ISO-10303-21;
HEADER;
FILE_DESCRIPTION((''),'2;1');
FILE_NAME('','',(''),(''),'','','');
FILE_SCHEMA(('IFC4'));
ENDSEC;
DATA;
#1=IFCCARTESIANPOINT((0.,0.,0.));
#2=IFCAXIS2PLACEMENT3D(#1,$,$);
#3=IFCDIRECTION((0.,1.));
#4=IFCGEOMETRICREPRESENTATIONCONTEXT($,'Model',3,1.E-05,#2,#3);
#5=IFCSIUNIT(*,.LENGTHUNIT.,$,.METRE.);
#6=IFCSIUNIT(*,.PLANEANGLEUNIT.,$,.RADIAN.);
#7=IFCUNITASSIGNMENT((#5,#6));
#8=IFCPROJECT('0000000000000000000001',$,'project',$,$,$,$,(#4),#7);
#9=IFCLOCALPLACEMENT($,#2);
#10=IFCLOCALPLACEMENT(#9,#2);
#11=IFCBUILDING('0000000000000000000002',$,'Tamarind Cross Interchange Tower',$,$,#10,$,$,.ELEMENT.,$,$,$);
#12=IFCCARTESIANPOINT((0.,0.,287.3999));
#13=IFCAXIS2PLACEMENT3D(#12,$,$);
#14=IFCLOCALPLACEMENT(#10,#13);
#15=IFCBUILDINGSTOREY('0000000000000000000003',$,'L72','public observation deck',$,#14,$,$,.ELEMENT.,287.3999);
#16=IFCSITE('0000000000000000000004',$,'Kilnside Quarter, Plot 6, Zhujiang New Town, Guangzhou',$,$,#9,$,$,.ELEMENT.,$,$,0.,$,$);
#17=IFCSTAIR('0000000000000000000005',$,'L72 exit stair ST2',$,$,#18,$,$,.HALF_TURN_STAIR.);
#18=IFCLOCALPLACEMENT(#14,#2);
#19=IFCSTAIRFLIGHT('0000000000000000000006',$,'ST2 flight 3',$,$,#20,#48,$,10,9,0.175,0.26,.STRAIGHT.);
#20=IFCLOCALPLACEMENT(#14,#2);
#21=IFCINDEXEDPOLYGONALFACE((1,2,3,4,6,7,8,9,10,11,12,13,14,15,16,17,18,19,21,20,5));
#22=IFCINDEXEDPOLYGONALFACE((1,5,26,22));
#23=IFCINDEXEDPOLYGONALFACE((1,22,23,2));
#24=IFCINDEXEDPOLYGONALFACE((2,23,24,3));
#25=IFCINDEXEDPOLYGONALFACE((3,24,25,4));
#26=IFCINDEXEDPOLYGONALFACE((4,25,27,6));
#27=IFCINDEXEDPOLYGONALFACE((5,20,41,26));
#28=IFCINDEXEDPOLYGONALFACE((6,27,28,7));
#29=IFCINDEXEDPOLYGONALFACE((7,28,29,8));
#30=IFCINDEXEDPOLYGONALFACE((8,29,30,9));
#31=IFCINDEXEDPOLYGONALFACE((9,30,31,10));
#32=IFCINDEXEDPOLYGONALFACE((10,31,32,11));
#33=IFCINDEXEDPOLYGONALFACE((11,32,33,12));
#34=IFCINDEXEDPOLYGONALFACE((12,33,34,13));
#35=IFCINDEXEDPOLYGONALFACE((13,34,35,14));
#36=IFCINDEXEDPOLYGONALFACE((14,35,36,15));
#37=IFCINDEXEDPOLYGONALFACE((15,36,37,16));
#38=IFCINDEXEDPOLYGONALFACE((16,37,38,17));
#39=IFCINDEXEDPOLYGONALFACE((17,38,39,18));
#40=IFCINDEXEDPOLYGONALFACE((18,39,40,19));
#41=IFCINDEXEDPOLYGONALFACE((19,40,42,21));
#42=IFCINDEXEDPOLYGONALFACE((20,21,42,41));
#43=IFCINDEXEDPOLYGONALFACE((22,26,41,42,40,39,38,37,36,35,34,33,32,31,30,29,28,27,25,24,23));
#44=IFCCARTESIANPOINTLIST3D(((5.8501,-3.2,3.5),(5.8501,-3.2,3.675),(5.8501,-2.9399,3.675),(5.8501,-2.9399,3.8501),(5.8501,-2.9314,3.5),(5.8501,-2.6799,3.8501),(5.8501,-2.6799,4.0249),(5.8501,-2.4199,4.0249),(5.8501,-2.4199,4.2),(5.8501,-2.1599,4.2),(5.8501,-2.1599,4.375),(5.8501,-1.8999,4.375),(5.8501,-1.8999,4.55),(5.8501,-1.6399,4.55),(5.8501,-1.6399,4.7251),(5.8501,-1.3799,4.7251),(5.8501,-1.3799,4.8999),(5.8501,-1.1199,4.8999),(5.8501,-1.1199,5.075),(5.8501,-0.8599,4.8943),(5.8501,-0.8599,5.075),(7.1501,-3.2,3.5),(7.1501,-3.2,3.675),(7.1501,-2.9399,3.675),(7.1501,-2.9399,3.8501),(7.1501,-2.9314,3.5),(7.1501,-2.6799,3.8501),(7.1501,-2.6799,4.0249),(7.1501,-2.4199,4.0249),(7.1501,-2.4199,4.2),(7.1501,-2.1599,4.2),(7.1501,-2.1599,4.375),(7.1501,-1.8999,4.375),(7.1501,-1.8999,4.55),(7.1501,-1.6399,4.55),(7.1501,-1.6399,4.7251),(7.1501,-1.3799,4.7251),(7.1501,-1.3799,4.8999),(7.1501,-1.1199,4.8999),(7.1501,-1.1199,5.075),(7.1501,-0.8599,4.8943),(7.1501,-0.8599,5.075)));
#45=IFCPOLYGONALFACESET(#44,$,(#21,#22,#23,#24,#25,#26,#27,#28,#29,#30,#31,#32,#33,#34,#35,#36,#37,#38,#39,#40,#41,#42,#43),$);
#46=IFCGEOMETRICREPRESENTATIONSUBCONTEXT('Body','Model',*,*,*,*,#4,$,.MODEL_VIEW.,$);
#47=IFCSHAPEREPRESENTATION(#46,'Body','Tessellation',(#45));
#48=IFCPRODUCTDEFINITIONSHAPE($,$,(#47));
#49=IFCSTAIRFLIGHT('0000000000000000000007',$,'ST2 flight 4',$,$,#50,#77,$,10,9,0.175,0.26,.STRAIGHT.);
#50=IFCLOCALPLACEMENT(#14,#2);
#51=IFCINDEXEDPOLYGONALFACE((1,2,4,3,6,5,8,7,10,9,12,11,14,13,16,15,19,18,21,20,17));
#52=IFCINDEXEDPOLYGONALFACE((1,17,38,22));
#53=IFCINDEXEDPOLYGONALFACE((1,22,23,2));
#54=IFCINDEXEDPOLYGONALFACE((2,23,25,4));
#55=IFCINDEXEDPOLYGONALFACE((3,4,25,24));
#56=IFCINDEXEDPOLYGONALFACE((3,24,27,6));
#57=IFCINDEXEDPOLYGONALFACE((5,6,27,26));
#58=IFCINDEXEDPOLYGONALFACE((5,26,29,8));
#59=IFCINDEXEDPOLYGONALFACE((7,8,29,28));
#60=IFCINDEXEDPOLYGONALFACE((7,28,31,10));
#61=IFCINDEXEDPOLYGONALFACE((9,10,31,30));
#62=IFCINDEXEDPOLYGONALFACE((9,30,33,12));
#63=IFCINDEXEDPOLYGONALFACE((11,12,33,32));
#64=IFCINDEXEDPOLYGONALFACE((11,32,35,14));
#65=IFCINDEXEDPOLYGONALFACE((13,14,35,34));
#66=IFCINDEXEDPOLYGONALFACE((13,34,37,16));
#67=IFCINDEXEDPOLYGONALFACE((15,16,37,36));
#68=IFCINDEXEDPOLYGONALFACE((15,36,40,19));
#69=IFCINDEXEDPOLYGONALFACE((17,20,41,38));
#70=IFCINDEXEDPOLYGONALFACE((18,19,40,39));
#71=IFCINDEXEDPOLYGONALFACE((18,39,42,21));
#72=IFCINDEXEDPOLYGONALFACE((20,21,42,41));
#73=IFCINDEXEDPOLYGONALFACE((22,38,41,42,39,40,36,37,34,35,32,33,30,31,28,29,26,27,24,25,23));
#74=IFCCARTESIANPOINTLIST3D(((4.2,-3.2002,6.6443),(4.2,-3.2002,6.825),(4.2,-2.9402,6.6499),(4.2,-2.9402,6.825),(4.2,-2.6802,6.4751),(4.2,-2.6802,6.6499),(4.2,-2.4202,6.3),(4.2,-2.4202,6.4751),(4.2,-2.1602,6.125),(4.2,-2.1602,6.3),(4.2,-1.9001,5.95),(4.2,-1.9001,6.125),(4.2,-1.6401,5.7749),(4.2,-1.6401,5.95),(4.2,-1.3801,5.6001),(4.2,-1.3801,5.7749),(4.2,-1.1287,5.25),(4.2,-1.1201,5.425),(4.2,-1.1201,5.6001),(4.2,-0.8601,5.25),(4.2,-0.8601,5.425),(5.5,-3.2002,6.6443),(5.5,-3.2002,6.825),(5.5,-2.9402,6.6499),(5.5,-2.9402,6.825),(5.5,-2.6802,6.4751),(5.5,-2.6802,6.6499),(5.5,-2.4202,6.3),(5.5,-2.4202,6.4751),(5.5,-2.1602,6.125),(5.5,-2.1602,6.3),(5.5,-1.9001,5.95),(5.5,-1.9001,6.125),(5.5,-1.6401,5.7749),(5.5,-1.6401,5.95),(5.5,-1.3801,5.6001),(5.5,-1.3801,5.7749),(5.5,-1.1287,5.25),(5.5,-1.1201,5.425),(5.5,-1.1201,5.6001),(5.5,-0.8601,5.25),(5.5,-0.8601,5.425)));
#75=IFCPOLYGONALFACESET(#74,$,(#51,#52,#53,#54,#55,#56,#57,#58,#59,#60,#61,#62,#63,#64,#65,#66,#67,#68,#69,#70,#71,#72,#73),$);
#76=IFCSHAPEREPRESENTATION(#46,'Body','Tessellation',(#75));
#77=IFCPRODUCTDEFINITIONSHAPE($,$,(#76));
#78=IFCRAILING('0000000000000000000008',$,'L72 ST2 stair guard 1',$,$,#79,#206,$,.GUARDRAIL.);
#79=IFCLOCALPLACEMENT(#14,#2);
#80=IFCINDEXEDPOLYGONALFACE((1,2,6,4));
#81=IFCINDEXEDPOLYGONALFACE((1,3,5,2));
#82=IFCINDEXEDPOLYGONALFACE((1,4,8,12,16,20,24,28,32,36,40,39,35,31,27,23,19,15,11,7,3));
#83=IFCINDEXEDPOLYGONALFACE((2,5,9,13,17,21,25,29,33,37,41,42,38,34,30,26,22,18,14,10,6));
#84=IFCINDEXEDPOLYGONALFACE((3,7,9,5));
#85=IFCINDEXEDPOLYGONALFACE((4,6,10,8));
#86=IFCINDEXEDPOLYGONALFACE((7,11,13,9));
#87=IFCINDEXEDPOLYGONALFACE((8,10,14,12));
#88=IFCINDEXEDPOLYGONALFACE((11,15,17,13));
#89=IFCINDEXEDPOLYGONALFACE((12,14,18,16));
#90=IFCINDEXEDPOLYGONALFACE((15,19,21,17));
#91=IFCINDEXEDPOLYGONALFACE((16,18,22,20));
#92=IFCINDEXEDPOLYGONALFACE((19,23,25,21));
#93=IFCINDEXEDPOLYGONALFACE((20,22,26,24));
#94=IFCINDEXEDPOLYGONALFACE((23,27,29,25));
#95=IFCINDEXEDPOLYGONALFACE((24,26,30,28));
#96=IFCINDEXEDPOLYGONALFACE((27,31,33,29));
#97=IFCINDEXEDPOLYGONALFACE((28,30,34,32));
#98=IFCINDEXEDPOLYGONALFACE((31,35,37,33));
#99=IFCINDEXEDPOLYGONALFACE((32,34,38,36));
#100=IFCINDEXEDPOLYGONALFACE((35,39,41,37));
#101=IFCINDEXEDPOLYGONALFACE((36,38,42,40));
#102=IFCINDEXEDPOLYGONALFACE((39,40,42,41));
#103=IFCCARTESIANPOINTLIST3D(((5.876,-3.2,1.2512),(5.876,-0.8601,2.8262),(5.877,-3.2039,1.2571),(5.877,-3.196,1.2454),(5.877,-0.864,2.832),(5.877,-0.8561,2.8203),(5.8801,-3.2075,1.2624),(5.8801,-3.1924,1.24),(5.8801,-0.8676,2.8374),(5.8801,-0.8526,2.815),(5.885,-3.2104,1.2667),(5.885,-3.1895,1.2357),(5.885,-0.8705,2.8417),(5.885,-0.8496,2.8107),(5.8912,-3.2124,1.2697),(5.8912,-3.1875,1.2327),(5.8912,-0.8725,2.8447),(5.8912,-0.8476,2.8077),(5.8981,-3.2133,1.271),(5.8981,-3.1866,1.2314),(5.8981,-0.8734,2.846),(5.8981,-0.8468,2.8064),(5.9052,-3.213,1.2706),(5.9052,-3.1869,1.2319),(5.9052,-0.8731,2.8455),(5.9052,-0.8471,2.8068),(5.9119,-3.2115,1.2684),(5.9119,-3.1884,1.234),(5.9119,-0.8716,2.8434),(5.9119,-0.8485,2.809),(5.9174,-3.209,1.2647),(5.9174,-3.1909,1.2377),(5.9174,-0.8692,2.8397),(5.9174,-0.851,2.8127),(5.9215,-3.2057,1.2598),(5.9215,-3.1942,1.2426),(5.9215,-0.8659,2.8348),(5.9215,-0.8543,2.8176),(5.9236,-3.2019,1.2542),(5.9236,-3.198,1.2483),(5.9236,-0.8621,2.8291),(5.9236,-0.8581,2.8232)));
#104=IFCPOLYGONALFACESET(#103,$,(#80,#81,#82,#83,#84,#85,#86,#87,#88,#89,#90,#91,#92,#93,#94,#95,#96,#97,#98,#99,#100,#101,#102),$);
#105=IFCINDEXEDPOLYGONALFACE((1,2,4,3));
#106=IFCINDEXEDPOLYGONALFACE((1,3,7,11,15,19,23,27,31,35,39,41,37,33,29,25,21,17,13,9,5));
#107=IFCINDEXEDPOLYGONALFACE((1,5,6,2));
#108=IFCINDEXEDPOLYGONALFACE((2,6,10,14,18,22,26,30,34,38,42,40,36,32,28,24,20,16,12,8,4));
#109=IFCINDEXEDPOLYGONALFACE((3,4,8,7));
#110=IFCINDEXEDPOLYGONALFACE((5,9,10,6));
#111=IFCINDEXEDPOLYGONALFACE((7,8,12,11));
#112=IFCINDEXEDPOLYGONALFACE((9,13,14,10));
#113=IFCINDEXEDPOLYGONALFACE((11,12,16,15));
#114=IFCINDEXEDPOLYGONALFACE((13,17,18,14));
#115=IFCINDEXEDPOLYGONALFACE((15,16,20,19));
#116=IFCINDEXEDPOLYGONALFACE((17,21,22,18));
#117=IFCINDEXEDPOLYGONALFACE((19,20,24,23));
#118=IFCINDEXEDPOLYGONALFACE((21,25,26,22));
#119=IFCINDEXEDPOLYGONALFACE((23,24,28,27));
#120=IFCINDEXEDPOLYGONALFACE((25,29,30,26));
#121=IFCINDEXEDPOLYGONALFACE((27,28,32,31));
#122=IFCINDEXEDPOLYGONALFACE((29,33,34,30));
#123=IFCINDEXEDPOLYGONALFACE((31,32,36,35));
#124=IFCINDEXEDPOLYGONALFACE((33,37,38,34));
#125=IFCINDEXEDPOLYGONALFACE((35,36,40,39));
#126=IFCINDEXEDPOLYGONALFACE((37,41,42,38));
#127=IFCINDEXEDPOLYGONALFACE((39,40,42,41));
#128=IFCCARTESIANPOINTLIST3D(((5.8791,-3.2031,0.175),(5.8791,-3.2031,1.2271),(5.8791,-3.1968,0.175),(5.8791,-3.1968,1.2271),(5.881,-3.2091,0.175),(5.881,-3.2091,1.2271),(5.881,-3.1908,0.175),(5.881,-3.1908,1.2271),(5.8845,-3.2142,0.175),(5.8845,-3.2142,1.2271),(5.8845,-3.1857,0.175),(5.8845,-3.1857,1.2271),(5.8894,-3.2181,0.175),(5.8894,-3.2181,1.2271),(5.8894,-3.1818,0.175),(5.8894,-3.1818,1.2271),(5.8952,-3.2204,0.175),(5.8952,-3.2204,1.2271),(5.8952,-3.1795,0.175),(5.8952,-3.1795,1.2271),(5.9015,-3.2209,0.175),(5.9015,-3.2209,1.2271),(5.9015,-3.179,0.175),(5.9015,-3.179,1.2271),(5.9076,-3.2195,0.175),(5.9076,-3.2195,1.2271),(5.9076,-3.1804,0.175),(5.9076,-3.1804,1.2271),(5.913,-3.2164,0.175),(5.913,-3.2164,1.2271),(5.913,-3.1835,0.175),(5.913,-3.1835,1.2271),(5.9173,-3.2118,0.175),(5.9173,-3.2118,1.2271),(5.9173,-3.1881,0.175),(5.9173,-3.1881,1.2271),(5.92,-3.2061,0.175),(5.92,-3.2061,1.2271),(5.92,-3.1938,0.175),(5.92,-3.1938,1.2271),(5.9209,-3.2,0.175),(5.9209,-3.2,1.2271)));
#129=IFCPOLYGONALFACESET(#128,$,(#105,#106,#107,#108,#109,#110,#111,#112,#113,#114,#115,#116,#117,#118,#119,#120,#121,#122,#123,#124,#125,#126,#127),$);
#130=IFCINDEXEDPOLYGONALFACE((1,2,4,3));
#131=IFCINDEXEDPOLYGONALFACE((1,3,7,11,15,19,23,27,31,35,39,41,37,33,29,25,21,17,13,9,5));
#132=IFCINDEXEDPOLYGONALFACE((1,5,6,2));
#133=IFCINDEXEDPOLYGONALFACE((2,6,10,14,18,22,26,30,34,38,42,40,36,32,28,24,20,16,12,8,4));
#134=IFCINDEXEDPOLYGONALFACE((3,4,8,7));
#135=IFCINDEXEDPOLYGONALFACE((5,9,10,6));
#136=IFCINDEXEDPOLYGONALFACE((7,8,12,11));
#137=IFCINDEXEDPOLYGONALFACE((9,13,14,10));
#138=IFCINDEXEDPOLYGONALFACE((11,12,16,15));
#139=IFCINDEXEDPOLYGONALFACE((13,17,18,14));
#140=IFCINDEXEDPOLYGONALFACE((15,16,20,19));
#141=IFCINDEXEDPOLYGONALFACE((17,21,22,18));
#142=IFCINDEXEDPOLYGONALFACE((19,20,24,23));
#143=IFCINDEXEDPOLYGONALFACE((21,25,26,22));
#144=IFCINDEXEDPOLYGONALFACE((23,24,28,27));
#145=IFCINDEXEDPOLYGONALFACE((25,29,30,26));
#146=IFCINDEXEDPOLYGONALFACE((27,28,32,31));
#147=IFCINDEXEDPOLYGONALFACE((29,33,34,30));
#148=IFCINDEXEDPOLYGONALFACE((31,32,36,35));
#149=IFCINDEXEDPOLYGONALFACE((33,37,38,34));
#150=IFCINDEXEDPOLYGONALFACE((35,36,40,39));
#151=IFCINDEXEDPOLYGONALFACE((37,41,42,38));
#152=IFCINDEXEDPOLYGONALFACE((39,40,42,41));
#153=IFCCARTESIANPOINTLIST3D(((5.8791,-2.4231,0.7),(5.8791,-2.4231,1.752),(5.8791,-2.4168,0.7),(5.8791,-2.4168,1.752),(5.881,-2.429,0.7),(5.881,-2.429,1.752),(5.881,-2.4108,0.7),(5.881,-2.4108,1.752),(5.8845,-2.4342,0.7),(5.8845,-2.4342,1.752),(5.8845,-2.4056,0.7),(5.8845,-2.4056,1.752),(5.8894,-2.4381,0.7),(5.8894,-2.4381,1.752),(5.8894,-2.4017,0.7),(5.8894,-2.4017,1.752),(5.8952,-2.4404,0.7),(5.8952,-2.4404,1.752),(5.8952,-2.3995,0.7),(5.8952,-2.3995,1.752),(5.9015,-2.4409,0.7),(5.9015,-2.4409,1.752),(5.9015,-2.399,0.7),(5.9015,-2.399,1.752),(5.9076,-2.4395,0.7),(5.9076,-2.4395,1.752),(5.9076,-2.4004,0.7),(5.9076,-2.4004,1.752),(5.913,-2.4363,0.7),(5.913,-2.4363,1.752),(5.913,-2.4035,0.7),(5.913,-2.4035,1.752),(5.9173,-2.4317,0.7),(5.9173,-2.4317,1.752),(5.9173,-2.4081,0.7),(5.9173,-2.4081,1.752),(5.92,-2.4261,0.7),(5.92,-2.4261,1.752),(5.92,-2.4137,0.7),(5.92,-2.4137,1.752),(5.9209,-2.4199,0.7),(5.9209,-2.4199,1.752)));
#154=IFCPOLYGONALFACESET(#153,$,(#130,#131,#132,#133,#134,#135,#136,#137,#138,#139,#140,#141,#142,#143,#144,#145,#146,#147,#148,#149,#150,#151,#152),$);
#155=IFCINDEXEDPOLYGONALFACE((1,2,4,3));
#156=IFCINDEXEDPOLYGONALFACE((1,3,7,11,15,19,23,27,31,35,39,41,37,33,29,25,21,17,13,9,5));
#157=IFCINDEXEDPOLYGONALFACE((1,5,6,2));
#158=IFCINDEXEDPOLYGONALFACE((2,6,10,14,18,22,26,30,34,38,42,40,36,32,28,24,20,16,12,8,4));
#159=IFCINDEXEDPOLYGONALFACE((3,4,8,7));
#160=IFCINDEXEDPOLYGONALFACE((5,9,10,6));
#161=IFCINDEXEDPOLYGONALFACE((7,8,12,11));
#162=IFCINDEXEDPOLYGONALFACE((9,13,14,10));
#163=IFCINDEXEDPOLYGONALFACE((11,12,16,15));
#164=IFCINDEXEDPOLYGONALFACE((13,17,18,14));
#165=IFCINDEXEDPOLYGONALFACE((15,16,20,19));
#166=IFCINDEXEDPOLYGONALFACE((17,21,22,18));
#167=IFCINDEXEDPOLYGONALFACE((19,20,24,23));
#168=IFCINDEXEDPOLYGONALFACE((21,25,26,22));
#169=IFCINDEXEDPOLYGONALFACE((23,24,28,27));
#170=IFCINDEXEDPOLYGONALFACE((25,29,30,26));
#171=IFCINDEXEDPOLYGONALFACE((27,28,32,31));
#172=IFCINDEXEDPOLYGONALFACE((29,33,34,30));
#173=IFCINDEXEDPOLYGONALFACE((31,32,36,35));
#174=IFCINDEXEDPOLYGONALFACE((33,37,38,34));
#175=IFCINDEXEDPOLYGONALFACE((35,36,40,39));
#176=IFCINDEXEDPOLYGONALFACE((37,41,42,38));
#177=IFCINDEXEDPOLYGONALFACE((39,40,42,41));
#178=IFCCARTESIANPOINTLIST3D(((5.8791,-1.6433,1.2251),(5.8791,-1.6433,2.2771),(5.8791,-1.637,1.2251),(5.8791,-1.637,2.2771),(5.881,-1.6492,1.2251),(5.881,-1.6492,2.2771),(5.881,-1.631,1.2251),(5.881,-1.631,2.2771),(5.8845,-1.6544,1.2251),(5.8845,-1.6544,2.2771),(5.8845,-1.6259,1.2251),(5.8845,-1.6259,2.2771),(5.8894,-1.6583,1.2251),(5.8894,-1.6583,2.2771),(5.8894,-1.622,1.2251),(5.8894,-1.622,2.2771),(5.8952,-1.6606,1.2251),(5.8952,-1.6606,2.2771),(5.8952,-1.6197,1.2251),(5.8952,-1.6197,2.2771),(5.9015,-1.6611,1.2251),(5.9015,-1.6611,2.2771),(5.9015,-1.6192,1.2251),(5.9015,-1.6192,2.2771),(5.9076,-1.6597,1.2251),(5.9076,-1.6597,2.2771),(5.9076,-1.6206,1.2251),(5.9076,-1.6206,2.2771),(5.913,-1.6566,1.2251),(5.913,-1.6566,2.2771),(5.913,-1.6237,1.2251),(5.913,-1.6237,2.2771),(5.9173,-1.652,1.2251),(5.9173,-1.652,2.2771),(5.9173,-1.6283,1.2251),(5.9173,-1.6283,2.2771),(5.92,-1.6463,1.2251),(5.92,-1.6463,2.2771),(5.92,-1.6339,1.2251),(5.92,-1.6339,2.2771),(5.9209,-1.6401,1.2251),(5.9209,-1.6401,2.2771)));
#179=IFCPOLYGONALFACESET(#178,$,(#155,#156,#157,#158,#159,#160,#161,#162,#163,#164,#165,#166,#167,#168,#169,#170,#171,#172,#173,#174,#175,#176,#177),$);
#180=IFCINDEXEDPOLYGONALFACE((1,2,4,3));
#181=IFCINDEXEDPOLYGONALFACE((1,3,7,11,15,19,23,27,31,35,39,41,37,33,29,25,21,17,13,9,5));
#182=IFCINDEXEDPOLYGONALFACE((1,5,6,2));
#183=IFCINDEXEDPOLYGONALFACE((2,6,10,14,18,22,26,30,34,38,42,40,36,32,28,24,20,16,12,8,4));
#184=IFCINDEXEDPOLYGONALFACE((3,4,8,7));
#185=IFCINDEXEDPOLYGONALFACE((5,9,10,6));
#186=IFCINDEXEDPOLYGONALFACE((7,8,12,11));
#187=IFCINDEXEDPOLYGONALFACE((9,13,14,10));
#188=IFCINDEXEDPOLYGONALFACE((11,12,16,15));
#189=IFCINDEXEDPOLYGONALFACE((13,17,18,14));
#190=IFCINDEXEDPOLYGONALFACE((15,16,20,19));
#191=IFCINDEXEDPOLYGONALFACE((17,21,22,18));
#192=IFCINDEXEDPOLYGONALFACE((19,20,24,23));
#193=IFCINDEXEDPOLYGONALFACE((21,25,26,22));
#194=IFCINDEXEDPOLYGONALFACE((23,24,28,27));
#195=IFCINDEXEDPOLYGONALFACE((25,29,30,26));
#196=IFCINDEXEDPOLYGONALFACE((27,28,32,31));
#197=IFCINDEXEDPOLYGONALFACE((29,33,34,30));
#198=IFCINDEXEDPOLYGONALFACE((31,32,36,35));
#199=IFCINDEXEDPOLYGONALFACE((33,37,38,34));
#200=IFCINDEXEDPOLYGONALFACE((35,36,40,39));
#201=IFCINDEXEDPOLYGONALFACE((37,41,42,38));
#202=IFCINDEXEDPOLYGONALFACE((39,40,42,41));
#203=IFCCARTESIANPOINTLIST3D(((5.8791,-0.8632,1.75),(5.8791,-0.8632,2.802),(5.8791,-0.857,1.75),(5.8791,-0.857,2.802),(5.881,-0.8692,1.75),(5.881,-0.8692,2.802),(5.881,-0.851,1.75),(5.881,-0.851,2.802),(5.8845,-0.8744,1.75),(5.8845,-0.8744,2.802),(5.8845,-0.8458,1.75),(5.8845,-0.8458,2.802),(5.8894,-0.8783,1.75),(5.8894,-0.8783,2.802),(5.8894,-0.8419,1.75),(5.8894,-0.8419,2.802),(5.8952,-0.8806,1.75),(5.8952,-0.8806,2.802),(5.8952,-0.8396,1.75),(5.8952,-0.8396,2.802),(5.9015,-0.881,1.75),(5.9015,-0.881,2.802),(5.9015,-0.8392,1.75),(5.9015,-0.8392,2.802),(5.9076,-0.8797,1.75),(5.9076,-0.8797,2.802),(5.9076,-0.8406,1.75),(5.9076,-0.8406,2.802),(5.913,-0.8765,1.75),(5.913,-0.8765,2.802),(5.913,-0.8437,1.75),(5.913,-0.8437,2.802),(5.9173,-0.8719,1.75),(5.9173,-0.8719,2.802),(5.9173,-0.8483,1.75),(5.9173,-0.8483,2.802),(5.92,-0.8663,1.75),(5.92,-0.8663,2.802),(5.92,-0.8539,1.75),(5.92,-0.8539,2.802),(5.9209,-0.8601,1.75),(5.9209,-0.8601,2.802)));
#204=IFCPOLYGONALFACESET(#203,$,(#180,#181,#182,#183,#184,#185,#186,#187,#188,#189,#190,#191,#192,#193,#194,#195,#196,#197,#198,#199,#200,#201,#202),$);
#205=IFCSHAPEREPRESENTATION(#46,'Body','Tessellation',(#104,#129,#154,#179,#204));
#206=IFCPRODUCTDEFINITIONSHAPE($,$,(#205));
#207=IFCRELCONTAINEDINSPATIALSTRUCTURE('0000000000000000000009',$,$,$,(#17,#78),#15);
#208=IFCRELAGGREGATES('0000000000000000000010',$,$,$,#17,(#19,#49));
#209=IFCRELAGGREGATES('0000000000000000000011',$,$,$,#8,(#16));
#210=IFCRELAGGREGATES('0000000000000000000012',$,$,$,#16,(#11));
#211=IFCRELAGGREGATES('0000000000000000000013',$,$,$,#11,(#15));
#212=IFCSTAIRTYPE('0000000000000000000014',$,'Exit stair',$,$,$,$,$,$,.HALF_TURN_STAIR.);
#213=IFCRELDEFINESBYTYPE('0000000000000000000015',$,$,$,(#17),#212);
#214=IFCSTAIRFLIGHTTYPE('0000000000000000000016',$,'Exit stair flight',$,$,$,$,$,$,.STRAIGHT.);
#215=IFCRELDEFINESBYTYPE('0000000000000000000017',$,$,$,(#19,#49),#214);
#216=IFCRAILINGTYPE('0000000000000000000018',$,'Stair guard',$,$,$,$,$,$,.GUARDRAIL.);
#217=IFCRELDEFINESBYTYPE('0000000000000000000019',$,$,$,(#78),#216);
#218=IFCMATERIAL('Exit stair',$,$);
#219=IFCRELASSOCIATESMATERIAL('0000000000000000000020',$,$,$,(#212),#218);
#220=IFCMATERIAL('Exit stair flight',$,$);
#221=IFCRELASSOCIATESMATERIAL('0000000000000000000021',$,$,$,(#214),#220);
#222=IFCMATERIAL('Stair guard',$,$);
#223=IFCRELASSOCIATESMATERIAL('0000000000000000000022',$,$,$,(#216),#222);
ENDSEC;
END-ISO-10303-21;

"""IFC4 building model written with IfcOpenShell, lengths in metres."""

from ifc_helpers import new_model, si_unit, direction, frame, origin, origin_2d, place, context, subcontext, project, spatial, polyline, circle, outline, extrude, material, type_object, element, aggregate, save


model = new_model("IFC4")

# Units and contexts
model_context = context("Model", 3, precision=1e-05, world=origin(), true_north=direction((0.0, 1.0)))
body_context = subcontext(model_context, "Body", "Model", "MODEL_VIEW")
ifc_project = project(units=[si_unit("LENGTHUNIT", "METRE"), si_unit("PLANEANGLEUNIT", "RADIAN")], contexts=[model_context])

# Site, building, storey
site_placement = place(None, origin())
site = spatial("IfcSite", under=ifc_project, at=site_placement, Name="Kilnside Quarter, Plot 6, Zhujiang New Town, Guangzhou", CompositionType="ELEMENT", RefElevation=0.0)
building_placement = place(site_placement, origin())
building = spatial("IfcBuilding", under=site, at=building_placement, Name="Tamarind Cross Interchange Tower", CompositionType="ELEMENT")
storey_placement = place(building_placement, frame((0.0, 0.0, 287.3999)))
storey = spatial("IfcBuildingStorey", under=building, at=storey_placement, Name="L72", Description="public observation deck", CompositionType="ELEMENT", Elevation=287.3999)

# Stair, stair flights
ifc_material_1 = material(Name="Exit stair")
stair_type = type_object("IfcStairType", Name="Exit stair", PredefinedType="HALF_TURN_STAIR", material=ifc_material_1)
stair_placement = place(storey_placement, origin())
stair = element("IfcStair", 1, at=stair_placement, inside=storey, type_object=stair_type, Name="L72 exit stair ST2", PredefinedType="HALF_TURN_STAIR")
ifc_material_2 = material(Name="Exit stair flight")
stair_flight_type = type_object("IfcStairFlightType", Name="Exit stair flight", PredefinedType="STRAIGHT", material=ifc_material_2)
stair_flight_1_placement = place(storey_placement, frame((6.5, -3.2, 3.5), z_axis=(0.0, 0.0, 1.0), x_axis=(0.0, 1.0, 0.0)))
stair_flight_1 = element("IfcStairFlight", 2, at=stair_flight_1_placement, type_object=stair_flight_type, Name="ST2 flight 3", NumberOfRisers=10, NumberOfTreads=9, PredefinedType="STRAIGHT", RiserHeight=0.175, TreadLength=0.26, context=body_context, shape_type="SweptSolid", body=[
    extrude(outline(polyline([(0.0, 0.0), (0.0, 0.175), (0.26, 0.175), (0.26, 0.3501), (0.52, 0.3501), (0.52, 0.5249), (0.78, 0.5249), (0.78, 0.7), (1.04, 0.7), (1.04, 0.875), (1.3, 0.875), (1.3, 1.05), (1.5601, 1.05), (1.5601, 1.2251), (1.8201, 1.2251), (1.8201, 1.3999), (2.0801, 1.3999), (2.0801, 1.575), (2.3401, 1.575), (2.3401, 1.75), (2.3401, 1.3943), (0.2686, 0.0), (0.0, 0.0)])), frame((0.0, 0.6499, 0.0), z_axis=(0.0, -1.0, 0.0), x_axis=(1.0, 0.0, 0.0)), (0.0, 0.0, 1.0), 1.3),
])
stair_flight_2_placement = place(storey_placement, frame((4.8501, -0.8601, 5.25), z_axis=(0.0, 0.0, 1.0), x_axis=(0.0, -1.0, 0.0)))
stair_flight_2 = element("IfcStairFlight", 3, at=stair_flight_2_placement, type_object=stair_flight_type, Name="ST2 flight 4", NumberOfRisers=10, NumberOfTreads=9, PredefinedType="STRAIGHT", RiserHeight=0.175, TreadLength=0.26, context=body_context, shape_type="SweptSolid", body=[
    extrude(outline(polyline([(0.0, 0.0), (0.0, 0.175), (0.26, 0.175), (0.26, 0.3501), (0.52, 0.3501), (0.52, 0.5249), (0.78, 0.5249), (0.78, 0.7), (1.04, 0.7), (1.04, 0.875), (1.3, 0.875), (1.3, 1.05), (1.5601, 1.05), (1.5601, 1.2251), (1.8201, 1.2251), (1.8201, 1.3999), (2.0801, 1.3999), (2.0801, 1.575), (2.3401, 1.575), (2.3401, 1.75), (2.3401, 1.3943), (0.2686, 0.0), (0.0, 0.0)])), frame((0.0, 0.6499, 0.0), z_axis=(0.0, -1.0, 0.0), x_axis=(1.0, 0.0, 0.0)), (0.0, 0.0, 1.0), 1.3),
])
aggregate(stair, [stair_flight_1, stair_flight_2])

# Railing
ifc_material_3 = material(Name="Stair guard")
railing_type_1 = type_object("IfcRailingType", Name="Stair guard", PredefinedType="GUARDRAIL", material=ifc_material_3)
railing_1_placement = place(storey_placement, frame((5.8999, -3.2, 0.175)))
element("IfcRailing", 4, at=railing_1_placement, inside=storey, type_object=railing_type_1, Name="L72 ST2 stair guard 1", PredefinedType="GUARDRAIL", context=body_context, shape_type="SweptSolid", body=[
    extrude(circle(Radius=0.0239, at=origin_2d()), frame((0.0, 0.0, 1.0762), z_axis=(0.0, 0.829578, 0.55839), x_axis=(-1.0, 0.0, 0.0)), (0.0, 0.0, 1.0), 2.8206),
    extrude(circle(Radius=0.021, at=origin_2d()), origin(), (0.0, 0.0, 1.0), 1.052),
    extrude(circle(Radius=0.021, at=origin_2d()), frame((0.0, 0.78, 0.5249)), (0.0, 0.0, 1.0), 1.052),
    extrude(circle(Radius=0.021, at=origin_2d()), frame((0.0, 1.5598, 1.05)), (0.0, 0.0, 1.0), 1.052),
    extrude(circle(Radius=0.021, at=origin_2d()), frame((0.0, 2.3398, 1.575)), (0.0, 0.0, 1.0), 1.052),
])

save(model, "model.ifc")
